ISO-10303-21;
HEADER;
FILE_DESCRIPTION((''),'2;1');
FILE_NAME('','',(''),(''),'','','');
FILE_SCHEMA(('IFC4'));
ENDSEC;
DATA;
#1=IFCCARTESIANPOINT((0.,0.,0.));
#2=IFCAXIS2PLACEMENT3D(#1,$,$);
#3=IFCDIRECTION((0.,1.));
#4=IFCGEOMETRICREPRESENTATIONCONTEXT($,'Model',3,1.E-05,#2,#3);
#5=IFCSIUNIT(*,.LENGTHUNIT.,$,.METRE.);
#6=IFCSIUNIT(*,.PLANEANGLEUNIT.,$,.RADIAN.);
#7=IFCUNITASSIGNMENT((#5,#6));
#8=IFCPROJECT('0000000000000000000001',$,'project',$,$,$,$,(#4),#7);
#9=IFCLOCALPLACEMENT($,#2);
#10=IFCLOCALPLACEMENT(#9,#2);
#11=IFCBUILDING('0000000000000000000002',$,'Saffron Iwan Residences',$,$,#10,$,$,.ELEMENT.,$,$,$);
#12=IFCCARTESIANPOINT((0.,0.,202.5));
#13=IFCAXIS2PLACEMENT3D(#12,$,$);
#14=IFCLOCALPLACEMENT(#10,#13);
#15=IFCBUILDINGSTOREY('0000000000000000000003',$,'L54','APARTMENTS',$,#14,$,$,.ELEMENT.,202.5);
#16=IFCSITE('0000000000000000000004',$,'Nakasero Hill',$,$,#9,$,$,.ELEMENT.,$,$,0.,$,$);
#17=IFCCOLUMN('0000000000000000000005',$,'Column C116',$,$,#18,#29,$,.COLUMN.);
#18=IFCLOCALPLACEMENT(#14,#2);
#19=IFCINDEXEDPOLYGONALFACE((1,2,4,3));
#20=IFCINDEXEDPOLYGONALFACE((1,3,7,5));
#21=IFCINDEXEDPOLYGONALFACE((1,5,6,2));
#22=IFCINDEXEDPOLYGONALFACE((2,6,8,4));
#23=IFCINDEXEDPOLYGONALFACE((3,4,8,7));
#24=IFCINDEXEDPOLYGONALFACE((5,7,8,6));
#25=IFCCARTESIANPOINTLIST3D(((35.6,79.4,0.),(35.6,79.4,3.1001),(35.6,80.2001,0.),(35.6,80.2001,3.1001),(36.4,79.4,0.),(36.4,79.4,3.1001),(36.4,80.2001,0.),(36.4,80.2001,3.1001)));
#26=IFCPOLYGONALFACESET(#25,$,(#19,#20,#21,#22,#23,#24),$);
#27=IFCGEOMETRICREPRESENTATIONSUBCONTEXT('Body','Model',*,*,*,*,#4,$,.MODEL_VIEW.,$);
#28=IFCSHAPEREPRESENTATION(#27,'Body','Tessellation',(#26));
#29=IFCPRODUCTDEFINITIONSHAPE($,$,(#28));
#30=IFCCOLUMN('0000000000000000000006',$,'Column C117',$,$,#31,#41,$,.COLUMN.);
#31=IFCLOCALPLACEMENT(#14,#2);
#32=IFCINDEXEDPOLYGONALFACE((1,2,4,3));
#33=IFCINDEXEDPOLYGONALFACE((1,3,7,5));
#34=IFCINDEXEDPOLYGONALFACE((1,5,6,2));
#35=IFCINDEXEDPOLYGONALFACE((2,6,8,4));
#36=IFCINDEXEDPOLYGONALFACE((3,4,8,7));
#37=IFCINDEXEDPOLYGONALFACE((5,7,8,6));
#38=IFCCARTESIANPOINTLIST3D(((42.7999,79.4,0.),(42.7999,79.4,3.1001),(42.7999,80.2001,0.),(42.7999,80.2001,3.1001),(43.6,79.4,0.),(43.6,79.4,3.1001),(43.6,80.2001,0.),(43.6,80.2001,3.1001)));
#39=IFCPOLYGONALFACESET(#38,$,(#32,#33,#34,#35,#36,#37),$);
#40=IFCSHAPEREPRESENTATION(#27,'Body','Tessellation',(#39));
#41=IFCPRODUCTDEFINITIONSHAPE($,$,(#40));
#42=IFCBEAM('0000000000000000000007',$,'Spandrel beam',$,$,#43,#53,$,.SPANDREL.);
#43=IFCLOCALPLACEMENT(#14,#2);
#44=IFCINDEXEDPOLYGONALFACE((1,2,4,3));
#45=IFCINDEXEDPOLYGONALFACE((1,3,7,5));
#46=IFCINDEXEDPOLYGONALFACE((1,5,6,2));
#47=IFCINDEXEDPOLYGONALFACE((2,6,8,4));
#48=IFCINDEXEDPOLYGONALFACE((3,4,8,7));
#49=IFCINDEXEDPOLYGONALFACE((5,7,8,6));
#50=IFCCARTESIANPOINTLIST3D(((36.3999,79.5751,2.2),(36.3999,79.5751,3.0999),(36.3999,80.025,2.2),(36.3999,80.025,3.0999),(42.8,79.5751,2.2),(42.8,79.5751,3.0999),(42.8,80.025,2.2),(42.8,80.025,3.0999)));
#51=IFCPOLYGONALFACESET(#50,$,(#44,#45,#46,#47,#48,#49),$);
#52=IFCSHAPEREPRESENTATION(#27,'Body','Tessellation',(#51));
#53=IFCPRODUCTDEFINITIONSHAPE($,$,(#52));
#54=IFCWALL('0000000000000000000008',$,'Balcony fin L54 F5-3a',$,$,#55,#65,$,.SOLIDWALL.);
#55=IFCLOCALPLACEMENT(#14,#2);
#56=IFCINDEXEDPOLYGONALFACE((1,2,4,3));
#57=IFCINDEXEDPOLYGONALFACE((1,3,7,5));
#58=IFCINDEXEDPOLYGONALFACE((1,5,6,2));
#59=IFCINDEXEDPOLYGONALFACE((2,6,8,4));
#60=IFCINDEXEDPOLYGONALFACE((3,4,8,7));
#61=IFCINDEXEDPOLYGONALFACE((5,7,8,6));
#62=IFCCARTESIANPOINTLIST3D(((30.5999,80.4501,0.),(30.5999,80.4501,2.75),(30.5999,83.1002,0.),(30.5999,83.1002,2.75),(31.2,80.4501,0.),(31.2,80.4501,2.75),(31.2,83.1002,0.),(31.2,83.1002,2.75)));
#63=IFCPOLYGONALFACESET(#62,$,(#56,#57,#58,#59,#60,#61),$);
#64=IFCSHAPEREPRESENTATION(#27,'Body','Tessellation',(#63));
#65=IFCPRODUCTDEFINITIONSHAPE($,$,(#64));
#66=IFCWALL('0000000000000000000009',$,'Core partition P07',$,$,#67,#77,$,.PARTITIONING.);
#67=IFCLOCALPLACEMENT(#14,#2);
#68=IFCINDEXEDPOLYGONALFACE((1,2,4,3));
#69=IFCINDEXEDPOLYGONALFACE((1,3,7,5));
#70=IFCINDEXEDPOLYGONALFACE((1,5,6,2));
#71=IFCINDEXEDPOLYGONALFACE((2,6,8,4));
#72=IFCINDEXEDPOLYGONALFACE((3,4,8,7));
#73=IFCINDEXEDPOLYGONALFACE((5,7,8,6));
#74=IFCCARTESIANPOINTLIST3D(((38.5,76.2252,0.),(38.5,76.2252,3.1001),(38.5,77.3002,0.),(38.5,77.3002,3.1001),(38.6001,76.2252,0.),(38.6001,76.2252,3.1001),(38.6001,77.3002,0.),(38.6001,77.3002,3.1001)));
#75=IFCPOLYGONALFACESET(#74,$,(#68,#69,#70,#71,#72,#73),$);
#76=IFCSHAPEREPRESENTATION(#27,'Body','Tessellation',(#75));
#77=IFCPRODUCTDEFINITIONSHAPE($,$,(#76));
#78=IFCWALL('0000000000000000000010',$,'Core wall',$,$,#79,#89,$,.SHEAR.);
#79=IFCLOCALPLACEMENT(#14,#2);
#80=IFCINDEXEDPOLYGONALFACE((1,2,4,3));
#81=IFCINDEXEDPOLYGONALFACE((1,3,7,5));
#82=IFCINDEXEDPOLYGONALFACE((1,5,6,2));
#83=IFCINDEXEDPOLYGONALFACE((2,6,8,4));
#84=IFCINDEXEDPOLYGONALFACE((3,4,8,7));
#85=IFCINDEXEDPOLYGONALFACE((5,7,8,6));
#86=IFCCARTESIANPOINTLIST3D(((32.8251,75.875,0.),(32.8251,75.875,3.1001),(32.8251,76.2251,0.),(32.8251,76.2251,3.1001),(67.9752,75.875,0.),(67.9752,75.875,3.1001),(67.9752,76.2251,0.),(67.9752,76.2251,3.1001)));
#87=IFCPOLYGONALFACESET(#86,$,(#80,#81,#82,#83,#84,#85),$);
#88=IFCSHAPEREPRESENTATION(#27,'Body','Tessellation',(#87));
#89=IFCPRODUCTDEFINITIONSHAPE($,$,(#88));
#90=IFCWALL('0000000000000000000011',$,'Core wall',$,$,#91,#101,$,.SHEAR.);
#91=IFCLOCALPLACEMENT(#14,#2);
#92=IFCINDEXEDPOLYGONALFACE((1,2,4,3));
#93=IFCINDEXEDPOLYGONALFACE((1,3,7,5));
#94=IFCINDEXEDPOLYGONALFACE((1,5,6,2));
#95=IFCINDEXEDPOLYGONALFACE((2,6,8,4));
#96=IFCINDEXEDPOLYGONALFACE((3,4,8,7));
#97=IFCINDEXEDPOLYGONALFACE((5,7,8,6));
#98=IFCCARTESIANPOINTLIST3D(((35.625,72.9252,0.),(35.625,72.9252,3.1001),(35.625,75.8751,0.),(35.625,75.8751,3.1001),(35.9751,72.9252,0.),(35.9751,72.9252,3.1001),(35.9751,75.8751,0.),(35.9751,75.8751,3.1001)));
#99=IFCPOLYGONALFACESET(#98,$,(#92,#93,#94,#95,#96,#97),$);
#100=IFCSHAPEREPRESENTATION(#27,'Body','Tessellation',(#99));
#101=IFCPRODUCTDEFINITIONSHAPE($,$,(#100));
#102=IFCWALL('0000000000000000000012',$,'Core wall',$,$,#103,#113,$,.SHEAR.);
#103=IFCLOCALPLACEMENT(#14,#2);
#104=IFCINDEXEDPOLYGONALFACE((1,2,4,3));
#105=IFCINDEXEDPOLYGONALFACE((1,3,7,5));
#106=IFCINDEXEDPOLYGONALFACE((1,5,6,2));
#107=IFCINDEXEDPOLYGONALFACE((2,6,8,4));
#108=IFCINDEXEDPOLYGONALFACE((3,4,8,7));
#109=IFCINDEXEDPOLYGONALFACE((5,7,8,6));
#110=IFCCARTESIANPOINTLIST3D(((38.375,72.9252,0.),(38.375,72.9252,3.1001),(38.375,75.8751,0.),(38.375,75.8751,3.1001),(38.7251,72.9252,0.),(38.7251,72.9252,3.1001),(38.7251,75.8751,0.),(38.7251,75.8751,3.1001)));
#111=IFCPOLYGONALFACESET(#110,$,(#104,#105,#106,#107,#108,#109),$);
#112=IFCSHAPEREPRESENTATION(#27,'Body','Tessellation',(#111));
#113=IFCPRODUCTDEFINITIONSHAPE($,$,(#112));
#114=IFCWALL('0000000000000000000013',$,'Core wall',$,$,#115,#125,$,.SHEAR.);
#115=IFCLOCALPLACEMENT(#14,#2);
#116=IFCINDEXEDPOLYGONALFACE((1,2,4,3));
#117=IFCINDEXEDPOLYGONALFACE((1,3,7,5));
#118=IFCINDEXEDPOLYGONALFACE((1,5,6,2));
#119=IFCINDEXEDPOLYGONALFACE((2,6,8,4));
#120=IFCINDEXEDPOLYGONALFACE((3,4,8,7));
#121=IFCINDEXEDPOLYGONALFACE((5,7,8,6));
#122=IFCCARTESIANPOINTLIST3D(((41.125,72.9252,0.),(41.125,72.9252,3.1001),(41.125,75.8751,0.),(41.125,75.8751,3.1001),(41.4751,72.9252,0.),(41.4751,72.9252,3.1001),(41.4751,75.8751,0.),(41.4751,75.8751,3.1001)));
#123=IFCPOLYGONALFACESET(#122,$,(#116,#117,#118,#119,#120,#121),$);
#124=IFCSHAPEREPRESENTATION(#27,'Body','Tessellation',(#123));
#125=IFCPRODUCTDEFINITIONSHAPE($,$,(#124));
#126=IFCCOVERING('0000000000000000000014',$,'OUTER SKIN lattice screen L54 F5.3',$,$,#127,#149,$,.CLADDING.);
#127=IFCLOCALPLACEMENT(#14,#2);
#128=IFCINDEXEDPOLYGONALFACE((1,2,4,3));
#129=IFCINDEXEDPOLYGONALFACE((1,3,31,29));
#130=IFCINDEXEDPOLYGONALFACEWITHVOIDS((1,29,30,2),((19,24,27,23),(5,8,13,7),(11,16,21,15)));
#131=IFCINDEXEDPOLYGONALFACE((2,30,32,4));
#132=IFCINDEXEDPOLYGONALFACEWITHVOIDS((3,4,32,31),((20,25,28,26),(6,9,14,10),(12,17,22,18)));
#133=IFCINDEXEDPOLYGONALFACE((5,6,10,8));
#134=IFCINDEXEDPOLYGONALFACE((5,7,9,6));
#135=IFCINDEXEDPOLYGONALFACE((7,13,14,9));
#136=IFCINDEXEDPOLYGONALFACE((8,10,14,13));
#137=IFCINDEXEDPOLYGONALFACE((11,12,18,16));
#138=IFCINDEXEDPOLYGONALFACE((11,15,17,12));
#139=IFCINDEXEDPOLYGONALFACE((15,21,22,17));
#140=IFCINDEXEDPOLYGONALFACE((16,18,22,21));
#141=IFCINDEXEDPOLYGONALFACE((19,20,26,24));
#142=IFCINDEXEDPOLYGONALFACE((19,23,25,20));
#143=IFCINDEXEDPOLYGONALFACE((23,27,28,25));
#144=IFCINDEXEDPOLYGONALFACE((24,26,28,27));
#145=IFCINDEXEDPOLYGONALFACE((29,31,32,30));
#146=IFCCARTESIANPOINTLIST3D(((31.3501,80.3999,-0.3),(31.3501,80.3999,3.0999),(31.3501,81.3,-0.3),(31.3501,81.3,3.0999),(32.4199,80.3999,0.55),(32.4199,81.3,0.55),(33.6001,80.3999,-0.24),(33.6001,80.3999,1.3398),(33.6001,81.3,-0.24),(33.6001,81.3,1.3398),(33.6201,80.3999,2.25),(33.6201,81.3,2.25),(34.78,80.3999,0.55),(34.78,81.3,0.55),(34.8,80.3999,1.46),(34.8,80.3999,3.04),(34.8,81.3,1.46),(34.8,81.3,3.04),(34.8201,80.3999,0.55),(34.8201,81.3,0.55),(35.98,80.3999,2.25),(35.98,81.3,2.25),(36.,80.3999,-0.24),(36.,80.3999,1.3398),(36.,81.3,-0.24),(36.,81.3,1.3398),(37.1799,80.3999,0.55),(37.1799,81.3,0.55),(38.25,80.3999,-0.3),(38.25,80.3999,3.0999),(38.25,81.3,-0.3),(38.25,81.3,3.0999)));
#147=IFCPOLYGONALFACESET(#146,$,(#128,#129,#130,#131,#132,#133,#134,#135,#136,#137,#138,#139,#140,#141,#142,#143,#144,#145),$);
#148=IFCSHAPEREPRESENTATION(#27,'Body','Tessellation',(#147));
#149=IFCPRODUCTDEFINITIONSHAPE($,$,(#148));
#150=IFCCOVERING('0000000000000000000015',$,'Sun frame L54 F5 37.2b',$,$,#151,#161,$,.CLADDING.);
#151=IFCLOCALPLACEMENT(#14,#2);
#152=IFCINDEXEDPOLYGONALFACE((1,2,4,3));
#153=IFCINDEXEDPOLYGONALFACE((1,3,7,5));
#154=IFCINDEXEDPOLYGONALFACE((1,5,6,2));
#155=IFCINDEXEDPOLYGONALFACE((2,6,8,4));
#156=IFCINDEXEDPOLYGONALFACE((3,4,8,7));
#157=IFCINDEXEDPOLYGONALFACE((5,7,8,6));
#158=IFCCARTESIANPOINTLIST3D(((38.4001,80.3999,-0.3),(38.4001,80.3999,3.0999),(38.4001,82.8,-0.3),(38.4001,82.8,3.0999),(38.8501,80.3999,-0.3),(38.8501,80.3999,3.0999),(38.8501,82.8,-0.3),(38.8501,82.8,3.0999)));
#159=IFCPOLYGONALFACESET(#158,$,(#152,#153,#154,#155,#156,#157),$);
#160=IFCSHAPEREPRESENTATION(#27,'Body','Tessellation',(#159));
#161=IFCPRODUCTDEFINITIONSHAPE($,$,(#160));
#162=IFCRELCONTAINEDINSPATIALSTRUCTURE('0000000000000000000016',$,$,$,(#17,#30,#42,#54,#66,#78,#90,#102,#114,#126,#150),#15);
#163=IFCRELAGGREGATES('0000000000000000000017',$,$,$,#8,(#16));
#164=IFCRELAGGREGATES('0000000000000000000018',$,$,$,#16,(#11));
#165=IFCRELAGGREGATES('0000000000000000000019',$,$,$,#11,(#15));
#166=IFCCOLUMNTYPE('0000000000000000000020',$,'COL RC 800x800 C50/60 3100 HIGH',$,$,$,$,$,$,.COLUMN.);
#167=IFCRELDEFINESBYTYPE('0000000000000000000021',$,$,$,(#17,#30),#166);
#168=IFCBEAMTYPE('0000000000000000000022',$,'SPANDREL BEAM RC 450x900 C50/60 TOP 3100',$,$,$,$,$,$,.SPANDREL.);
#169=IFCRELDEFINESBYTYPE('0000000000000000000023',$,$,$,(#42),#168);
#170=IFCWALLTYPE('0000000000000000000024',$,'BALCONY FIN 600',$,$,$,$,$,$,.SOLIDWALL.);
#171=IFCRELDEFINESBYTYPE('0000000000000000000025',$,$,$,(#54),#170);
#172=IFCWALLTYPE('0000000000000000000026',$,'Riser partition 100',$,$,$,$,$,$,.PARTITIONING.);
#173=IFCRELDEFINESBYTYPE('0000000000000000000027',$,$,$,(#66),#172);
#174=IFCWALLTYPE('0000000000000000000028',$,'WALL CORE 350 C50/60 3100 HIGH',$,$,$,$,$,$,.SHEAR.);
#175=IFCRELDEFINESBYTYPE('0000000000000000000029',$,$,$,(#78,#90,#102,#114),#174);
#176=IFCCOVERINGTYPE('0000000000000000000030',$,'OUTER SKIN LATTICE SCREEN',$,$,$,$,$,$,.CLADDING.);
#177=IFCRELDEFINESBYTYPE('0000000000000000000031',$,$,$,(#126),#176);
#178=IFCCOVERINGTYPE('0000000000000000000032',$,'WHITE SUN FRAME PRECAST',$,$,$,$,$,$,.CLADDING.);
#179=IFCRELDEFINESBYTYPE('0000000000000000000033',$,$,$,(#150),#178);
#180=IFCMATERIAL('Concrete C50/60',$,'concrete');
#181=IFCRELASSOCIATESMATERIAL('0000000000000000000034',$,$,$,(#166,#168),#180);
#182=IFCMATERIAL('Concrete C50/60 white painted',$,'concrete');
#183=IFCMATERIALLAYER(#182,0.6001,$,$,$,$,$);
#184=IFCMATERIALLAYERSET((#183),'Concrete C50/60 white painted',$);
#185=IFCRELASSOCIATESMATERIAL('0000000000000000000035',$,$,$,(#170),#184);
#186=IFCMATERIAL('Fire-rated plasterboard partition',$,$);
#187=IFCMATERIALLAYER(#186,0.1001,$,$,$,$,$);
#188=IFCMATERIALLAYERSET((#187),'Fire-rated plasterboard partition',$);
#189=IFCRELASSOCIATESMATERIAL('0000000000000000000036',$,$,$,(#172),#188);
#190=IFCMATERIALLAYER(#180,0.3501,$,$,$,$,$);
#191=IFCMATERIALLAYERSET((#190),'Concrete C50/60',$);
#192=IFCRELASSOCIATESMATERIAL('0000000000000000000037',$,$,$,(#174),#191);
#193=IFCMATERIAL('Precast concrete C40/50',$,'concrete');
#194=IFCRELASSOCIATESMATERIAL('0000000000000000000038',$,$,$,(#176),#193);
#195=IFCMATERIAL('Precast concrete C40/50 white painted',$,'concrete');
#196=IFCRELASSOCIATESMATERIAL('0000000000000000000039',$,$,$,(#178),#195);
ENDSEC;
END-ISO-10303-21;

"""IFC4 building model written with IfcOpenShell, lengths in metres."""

from ifc_helpers import new_model, si_unit, direction, frame, frame_2d, origin, origin_2d, place, context, subcontext, project, spatial, polyline, rectangle, outline, extrude, source, transform, mapped, material, layer, layer_set, material_profile, profile_set, type_object, element, save


model = new_model("IFC4")

# Units and contexts
model_context = context("Model", 3, precision=1e-05, world=origin(), true_north=direction((0.0, 1.0)))
body_context = subcontext(model_context, "Body", "Model", "MODEL_VIEW")
ifc_project = project(units=[si_unit("LENGTHUNIT", "METRE"), si_unit("PLANEANGLEUNIT", "RADIAN")], contexts=[model_context])

# Site, building, storey
site_placement = place(None, origin())
site = spatial("IfcSite", under=ifc_project, at=site_placement, Name="Nakasero Hill", CompositionType="ELEMENT", RefElevation=0.0)
building_placement = place(site_placement, origin())
building = spatial("IfcBuilding", under=site, at=building_placement, Name="Saffron Iwan Residences", CompositionType="ELEMENT")
storey_placement = place(building_placement, frame((0.0, 0.0, 202.5)))
storey = spatial("IfcBuildingStorey", under=building, at=storey_placement, Name="L54", Description="APARTMENTS", CompositionType="ELEMENT", Elevation=202.5)

# Columns
ifc_material_1 = material(Name="Concrete C50/60", Category="concrete")
ifc_material_profile_1 = material_profile(ifc_material_1, rectangle(XDim=0.8, YDim=0.8, at=origin_2d()), Name="RC 800x800")
ifc_profile_set_1 = profile_set([ifc_material_profile_1], Name="Concrete C50/60")
column_type = type_object("IfcColumnType", Name="COL RC 800x800 C50/60 3100 HIGH", PredefinedType="COLUMN", material=ifc_profile_set_1)
shared_shape_1 = source(origin(), body_context, "Body", "SweptSolid", [
    extrude(rectangle(XDim=0.8, YDim=0.8, at=origin_2d()), origin(), (0.0, 0.0, 1.0), 3.1001),
])
for number, where, z_axis, x_axis, name in (
    (1, (36.0, 79.8, 0.0), (0.0, 0.0, 1.0), (1.0, 0.0, 0.0), "Column C116"),
    (2, (43.2, 79.8, 0.0), (0.0, 0.0, 1.0), (1.0, 0.0, 0.0), "Column C117"),
):
    element("IfcColumn", number, at=place(storey_placement, frame(where, z_axis=z_axis, x_axis=x_axis)), inside=storey, type_object=column_type, Name=name, PredefinedType="COLUMN", context=body_context, shape_type="MappedRepresentation", body=[
        mapped(shared_shape_1, transform((0.0, 0.0, 0.0))),
    ])

# Beam
ifc_material_profile_2 = material_profile(ifc_material_1, rectangle(XDim=0.45, YDim=0.8999, at=origin_2d()), Name="RC 450x900")
ifc_profile_set_2 = profile_set([ifc_material_profile_2], Name="Concrete C50/60")
beam_type = type_object("IfcBeamType", Name="SPANDREL BEAM RC 450x900 C50/60 TOP 3100", PredefinedType="SPANDREL", material=ifc_profile_set_2)
shared_shape_2 = source(origin(), body_context, "Body", "SweptSolid", [
    extrude(rectangle(XDim=0.45, YDim=0.8999, at=origin_2d()), origin(), (0.0, 0.0, 1.0), 6.4001),
])
beam_placement = place(storey_placement, frame((36.3999, 79.8, 2.6499), z_axis=(1.0, 0.0, 0.0), x_axis=(0.0, 1.0, 0.0)))
element("IfcBeam", 3, at=beam_placement, inside=storey, type_object=beam_type, Name="Spandrel beam", PredefinedType="SPANDREL", context=body_context, shape_type="MappedRepresentation", body=[
    mapped(shared_shape_2, transform((0.0, 0.0, 0.0))),
])

# Walls
ifc_material_2 = material(Name="Concrete C50/60 white painted", Category="concrete")
ifc_layer_1 = layer(ifc_material_2, 0.6001)
ifc_layer_set_1 = layer_set([ifc_layer_1], Name="Concrete C50/60 white painted")
wall_type_1 = type_object("IfcWallType", Name="BALCONY FIN 600", PredefinedType="SOLIDWALL", material=ifc_layer_set_1)
wall_1_placement = place(storey_placement, frame((30.8999, 80.45, 0.0), z_axis=(0.0, 0.0, 1.0), x_axis=(0.0, 1.0, 0.0)))
element("IfcWall", 4, at=wall_1_placement, inside=storey, type_object=wall_type_1, Name="Balcony fin L54 F5-3a", PredefinedType="SOLIDWALL", context=body_context, shape_type="SweptSolid", body=[
    extrude(rectangle(XDim=2.6501, YDim=0.6001, at=frame_2d((1.3252, 0.0))), origin(), (0.0, 0.0, 1.0), 2.75),
])
ifc_material_3 = material(Name="Fire-rated plasterboard partition")
ifc_layer_2 = layer(ifc_material_3, 0.1001)
ifc_layer_set_2 = layer_set([ifc_layer_2], Name="Fire-rated plasterboard partition")
wall_type_2 = type_object("IfcWallType", Name="Riser partition 100", PredefinedType="PARTITIONING", material=ifc_layer_set_2)
wall_2_placement = place(storey_placement, frame((38.55, 76.2251, 0.0), z_axis=(0.0, 0.0, 1.0), x_axis=(0.0, 1.0, 0.0)))
element("IfcWall", 5, at=wall_2_placement, inside=storey, type_object=wall_type_2, Name="Core partition P07", PredefinedType="PARTITIONING", context=body_context, shape_type="SweptSolid", body=[
    extrude(rectangle(XDim=1.075, YDim=0.1001, at=frame_2d((0.5376, 0.0))), origin(), (0.0, 0.0, 1.0), 3.1001),
])

# Shared definitions
ifc_layer_3 = layer(ifc_material_1, 0.3501)
ifc_layer_set_3 = layer_set([ifc_layer_3], Name="Concrete C50/60")
wall_type_3 = type_object("IfcWallType", Name="WALL CORE 350 C50/60 3100 HIGH", PredefinedType="SHEAR", material=ifc_layer_set_3)

# Walls
wall_3_placement = place(storey_placement, frame((32.825, 76.05, 0.0), z_axis=(0.0, 0.0, 1.0), x_axis=(1.0, 0.0, 0.0)))
element("IfcWall", 6, at=wall_3_placement, inside=storey, type_object=wall_type_3, Name="Core wall", PredefinedType="SHEAR", context=body_context, shape_type="SweptSolid", body=[
    extrude(rectangle(XDim=35.1501, YDim=0.3501, at=frame_2d((17.5752, 0.0))), origin(), (0.0, 0.0, 1.0), 3.1001),
])
for number, where, z_axis, x_axis, name in (
    (7, (35.8, 72.925, 0.0), (0.0, 0.0, 1.0), (0.0, 1.0, 0.0), "Core wall"),
    (8, (38.55, 72.925, 0.0), (0.0, 0.0, 1.0), (0.0, 1.0, 0.0), "Core wall"),
    (9, (41.3, 72.925, 0.0), (0.0, 0.0, 1.0), (0.0, 1.0, 0.0), "Core wall"),
):
    element("IfcWall", number, at=place(storey_placement, frame(where, z_axis=z_axis, x_axis=x_axis)), inside=storey, type_object=wall_type_3, Name=name, PredefinedType="SHEAR", context=body_context, shape_type="SweptSolid", body=[
        extrude(rectangle(XDim=2.95, YDim=0.3501, at=frame_2d((1.4751, 0.0))), origin(), (0.0, 0.0, 1.0), 3.1001),
    ])

# Coverings
ifc_material_4 = material(Name="Precast concrete C40/50", Category="concrete")
covering_type_1 = type_object("IfcCoveringType", Name="OUTER SKIN LATTICE SCREEN", PredefinedType="CLADDING", material=ifc_material_4)
covering_1_placement = place(storey_placement, frame((38.25, 80.3999, -0.3), z_axis=(0.0, 1.0, 0.0), x_axis=(-1.0, 0.0, 0.0)))
element("IfcCovering", 10, at=covering_1_placement, inside=storey, type_object=covering_type_1, Name="OUTER SKIN lattice screen L54 F5.3", PredefinedType="CLADDING", context=body_context, shape_type="SweptSolid", body=[
    extrude(outline(polyline([(0.0, 0.0), (6.8999, 0.0), (6.8999, 3.3999), (0.0, 3.3999), (0.0, 0.0)]), holes=[polyline([(1.0701, 0.8501), (2.25, 0.0601), (3.4299, 0.8501), (2.25, 1.6399), (1.0701, 0.8501)]), polyline([(3.47, 0.8501), (4.6499, 0.0601), (5.8301, 0.8501), (4.6499, 1.6399), (3.47, 0.8501)]), polyline([(2.27, 2.55), (3.45, 1.76), (4.6299, 2.55), (3.45, 3.3401), (2.27, 2.55)])]), origin(), (0.0, 0.0, 1.0), 0.9001),
])
ifc_material_5 = material(Name="Precast concrete C40/50 white painted", Category="concrete")
covering_type_2 = type_object("IfcCoveringType", Name="WHITE SUN FRAME PRECAST", PredefinedType="CLADDING", material=ifc_material_5)
covering_2_placement = place(storey_placement, frame((38.8501, 80.3999, -0.3), z_axis=(0.0, 1.0, 0.0), x_axis=(-1.0, 0.0, 0.0)))
element("IfcCovering", 11, at=covering_2_placement, inside=storey, type_object=covering_type_2, Name="Sun frame L54 F5 37.2b", PredefinedType="CLADDING", context=body_context, shape_type="SweptSolid", body=[
    extrude(outline(polyline([(0.0, 0.0), (0.45, 0.0), (0.45, 3.3999), (0.0, 3.3999), (0.0, 0.0)])), origin(), (0.0, 0.0, 1.0), 2.4001),
])

save(model, "model.ifc")
